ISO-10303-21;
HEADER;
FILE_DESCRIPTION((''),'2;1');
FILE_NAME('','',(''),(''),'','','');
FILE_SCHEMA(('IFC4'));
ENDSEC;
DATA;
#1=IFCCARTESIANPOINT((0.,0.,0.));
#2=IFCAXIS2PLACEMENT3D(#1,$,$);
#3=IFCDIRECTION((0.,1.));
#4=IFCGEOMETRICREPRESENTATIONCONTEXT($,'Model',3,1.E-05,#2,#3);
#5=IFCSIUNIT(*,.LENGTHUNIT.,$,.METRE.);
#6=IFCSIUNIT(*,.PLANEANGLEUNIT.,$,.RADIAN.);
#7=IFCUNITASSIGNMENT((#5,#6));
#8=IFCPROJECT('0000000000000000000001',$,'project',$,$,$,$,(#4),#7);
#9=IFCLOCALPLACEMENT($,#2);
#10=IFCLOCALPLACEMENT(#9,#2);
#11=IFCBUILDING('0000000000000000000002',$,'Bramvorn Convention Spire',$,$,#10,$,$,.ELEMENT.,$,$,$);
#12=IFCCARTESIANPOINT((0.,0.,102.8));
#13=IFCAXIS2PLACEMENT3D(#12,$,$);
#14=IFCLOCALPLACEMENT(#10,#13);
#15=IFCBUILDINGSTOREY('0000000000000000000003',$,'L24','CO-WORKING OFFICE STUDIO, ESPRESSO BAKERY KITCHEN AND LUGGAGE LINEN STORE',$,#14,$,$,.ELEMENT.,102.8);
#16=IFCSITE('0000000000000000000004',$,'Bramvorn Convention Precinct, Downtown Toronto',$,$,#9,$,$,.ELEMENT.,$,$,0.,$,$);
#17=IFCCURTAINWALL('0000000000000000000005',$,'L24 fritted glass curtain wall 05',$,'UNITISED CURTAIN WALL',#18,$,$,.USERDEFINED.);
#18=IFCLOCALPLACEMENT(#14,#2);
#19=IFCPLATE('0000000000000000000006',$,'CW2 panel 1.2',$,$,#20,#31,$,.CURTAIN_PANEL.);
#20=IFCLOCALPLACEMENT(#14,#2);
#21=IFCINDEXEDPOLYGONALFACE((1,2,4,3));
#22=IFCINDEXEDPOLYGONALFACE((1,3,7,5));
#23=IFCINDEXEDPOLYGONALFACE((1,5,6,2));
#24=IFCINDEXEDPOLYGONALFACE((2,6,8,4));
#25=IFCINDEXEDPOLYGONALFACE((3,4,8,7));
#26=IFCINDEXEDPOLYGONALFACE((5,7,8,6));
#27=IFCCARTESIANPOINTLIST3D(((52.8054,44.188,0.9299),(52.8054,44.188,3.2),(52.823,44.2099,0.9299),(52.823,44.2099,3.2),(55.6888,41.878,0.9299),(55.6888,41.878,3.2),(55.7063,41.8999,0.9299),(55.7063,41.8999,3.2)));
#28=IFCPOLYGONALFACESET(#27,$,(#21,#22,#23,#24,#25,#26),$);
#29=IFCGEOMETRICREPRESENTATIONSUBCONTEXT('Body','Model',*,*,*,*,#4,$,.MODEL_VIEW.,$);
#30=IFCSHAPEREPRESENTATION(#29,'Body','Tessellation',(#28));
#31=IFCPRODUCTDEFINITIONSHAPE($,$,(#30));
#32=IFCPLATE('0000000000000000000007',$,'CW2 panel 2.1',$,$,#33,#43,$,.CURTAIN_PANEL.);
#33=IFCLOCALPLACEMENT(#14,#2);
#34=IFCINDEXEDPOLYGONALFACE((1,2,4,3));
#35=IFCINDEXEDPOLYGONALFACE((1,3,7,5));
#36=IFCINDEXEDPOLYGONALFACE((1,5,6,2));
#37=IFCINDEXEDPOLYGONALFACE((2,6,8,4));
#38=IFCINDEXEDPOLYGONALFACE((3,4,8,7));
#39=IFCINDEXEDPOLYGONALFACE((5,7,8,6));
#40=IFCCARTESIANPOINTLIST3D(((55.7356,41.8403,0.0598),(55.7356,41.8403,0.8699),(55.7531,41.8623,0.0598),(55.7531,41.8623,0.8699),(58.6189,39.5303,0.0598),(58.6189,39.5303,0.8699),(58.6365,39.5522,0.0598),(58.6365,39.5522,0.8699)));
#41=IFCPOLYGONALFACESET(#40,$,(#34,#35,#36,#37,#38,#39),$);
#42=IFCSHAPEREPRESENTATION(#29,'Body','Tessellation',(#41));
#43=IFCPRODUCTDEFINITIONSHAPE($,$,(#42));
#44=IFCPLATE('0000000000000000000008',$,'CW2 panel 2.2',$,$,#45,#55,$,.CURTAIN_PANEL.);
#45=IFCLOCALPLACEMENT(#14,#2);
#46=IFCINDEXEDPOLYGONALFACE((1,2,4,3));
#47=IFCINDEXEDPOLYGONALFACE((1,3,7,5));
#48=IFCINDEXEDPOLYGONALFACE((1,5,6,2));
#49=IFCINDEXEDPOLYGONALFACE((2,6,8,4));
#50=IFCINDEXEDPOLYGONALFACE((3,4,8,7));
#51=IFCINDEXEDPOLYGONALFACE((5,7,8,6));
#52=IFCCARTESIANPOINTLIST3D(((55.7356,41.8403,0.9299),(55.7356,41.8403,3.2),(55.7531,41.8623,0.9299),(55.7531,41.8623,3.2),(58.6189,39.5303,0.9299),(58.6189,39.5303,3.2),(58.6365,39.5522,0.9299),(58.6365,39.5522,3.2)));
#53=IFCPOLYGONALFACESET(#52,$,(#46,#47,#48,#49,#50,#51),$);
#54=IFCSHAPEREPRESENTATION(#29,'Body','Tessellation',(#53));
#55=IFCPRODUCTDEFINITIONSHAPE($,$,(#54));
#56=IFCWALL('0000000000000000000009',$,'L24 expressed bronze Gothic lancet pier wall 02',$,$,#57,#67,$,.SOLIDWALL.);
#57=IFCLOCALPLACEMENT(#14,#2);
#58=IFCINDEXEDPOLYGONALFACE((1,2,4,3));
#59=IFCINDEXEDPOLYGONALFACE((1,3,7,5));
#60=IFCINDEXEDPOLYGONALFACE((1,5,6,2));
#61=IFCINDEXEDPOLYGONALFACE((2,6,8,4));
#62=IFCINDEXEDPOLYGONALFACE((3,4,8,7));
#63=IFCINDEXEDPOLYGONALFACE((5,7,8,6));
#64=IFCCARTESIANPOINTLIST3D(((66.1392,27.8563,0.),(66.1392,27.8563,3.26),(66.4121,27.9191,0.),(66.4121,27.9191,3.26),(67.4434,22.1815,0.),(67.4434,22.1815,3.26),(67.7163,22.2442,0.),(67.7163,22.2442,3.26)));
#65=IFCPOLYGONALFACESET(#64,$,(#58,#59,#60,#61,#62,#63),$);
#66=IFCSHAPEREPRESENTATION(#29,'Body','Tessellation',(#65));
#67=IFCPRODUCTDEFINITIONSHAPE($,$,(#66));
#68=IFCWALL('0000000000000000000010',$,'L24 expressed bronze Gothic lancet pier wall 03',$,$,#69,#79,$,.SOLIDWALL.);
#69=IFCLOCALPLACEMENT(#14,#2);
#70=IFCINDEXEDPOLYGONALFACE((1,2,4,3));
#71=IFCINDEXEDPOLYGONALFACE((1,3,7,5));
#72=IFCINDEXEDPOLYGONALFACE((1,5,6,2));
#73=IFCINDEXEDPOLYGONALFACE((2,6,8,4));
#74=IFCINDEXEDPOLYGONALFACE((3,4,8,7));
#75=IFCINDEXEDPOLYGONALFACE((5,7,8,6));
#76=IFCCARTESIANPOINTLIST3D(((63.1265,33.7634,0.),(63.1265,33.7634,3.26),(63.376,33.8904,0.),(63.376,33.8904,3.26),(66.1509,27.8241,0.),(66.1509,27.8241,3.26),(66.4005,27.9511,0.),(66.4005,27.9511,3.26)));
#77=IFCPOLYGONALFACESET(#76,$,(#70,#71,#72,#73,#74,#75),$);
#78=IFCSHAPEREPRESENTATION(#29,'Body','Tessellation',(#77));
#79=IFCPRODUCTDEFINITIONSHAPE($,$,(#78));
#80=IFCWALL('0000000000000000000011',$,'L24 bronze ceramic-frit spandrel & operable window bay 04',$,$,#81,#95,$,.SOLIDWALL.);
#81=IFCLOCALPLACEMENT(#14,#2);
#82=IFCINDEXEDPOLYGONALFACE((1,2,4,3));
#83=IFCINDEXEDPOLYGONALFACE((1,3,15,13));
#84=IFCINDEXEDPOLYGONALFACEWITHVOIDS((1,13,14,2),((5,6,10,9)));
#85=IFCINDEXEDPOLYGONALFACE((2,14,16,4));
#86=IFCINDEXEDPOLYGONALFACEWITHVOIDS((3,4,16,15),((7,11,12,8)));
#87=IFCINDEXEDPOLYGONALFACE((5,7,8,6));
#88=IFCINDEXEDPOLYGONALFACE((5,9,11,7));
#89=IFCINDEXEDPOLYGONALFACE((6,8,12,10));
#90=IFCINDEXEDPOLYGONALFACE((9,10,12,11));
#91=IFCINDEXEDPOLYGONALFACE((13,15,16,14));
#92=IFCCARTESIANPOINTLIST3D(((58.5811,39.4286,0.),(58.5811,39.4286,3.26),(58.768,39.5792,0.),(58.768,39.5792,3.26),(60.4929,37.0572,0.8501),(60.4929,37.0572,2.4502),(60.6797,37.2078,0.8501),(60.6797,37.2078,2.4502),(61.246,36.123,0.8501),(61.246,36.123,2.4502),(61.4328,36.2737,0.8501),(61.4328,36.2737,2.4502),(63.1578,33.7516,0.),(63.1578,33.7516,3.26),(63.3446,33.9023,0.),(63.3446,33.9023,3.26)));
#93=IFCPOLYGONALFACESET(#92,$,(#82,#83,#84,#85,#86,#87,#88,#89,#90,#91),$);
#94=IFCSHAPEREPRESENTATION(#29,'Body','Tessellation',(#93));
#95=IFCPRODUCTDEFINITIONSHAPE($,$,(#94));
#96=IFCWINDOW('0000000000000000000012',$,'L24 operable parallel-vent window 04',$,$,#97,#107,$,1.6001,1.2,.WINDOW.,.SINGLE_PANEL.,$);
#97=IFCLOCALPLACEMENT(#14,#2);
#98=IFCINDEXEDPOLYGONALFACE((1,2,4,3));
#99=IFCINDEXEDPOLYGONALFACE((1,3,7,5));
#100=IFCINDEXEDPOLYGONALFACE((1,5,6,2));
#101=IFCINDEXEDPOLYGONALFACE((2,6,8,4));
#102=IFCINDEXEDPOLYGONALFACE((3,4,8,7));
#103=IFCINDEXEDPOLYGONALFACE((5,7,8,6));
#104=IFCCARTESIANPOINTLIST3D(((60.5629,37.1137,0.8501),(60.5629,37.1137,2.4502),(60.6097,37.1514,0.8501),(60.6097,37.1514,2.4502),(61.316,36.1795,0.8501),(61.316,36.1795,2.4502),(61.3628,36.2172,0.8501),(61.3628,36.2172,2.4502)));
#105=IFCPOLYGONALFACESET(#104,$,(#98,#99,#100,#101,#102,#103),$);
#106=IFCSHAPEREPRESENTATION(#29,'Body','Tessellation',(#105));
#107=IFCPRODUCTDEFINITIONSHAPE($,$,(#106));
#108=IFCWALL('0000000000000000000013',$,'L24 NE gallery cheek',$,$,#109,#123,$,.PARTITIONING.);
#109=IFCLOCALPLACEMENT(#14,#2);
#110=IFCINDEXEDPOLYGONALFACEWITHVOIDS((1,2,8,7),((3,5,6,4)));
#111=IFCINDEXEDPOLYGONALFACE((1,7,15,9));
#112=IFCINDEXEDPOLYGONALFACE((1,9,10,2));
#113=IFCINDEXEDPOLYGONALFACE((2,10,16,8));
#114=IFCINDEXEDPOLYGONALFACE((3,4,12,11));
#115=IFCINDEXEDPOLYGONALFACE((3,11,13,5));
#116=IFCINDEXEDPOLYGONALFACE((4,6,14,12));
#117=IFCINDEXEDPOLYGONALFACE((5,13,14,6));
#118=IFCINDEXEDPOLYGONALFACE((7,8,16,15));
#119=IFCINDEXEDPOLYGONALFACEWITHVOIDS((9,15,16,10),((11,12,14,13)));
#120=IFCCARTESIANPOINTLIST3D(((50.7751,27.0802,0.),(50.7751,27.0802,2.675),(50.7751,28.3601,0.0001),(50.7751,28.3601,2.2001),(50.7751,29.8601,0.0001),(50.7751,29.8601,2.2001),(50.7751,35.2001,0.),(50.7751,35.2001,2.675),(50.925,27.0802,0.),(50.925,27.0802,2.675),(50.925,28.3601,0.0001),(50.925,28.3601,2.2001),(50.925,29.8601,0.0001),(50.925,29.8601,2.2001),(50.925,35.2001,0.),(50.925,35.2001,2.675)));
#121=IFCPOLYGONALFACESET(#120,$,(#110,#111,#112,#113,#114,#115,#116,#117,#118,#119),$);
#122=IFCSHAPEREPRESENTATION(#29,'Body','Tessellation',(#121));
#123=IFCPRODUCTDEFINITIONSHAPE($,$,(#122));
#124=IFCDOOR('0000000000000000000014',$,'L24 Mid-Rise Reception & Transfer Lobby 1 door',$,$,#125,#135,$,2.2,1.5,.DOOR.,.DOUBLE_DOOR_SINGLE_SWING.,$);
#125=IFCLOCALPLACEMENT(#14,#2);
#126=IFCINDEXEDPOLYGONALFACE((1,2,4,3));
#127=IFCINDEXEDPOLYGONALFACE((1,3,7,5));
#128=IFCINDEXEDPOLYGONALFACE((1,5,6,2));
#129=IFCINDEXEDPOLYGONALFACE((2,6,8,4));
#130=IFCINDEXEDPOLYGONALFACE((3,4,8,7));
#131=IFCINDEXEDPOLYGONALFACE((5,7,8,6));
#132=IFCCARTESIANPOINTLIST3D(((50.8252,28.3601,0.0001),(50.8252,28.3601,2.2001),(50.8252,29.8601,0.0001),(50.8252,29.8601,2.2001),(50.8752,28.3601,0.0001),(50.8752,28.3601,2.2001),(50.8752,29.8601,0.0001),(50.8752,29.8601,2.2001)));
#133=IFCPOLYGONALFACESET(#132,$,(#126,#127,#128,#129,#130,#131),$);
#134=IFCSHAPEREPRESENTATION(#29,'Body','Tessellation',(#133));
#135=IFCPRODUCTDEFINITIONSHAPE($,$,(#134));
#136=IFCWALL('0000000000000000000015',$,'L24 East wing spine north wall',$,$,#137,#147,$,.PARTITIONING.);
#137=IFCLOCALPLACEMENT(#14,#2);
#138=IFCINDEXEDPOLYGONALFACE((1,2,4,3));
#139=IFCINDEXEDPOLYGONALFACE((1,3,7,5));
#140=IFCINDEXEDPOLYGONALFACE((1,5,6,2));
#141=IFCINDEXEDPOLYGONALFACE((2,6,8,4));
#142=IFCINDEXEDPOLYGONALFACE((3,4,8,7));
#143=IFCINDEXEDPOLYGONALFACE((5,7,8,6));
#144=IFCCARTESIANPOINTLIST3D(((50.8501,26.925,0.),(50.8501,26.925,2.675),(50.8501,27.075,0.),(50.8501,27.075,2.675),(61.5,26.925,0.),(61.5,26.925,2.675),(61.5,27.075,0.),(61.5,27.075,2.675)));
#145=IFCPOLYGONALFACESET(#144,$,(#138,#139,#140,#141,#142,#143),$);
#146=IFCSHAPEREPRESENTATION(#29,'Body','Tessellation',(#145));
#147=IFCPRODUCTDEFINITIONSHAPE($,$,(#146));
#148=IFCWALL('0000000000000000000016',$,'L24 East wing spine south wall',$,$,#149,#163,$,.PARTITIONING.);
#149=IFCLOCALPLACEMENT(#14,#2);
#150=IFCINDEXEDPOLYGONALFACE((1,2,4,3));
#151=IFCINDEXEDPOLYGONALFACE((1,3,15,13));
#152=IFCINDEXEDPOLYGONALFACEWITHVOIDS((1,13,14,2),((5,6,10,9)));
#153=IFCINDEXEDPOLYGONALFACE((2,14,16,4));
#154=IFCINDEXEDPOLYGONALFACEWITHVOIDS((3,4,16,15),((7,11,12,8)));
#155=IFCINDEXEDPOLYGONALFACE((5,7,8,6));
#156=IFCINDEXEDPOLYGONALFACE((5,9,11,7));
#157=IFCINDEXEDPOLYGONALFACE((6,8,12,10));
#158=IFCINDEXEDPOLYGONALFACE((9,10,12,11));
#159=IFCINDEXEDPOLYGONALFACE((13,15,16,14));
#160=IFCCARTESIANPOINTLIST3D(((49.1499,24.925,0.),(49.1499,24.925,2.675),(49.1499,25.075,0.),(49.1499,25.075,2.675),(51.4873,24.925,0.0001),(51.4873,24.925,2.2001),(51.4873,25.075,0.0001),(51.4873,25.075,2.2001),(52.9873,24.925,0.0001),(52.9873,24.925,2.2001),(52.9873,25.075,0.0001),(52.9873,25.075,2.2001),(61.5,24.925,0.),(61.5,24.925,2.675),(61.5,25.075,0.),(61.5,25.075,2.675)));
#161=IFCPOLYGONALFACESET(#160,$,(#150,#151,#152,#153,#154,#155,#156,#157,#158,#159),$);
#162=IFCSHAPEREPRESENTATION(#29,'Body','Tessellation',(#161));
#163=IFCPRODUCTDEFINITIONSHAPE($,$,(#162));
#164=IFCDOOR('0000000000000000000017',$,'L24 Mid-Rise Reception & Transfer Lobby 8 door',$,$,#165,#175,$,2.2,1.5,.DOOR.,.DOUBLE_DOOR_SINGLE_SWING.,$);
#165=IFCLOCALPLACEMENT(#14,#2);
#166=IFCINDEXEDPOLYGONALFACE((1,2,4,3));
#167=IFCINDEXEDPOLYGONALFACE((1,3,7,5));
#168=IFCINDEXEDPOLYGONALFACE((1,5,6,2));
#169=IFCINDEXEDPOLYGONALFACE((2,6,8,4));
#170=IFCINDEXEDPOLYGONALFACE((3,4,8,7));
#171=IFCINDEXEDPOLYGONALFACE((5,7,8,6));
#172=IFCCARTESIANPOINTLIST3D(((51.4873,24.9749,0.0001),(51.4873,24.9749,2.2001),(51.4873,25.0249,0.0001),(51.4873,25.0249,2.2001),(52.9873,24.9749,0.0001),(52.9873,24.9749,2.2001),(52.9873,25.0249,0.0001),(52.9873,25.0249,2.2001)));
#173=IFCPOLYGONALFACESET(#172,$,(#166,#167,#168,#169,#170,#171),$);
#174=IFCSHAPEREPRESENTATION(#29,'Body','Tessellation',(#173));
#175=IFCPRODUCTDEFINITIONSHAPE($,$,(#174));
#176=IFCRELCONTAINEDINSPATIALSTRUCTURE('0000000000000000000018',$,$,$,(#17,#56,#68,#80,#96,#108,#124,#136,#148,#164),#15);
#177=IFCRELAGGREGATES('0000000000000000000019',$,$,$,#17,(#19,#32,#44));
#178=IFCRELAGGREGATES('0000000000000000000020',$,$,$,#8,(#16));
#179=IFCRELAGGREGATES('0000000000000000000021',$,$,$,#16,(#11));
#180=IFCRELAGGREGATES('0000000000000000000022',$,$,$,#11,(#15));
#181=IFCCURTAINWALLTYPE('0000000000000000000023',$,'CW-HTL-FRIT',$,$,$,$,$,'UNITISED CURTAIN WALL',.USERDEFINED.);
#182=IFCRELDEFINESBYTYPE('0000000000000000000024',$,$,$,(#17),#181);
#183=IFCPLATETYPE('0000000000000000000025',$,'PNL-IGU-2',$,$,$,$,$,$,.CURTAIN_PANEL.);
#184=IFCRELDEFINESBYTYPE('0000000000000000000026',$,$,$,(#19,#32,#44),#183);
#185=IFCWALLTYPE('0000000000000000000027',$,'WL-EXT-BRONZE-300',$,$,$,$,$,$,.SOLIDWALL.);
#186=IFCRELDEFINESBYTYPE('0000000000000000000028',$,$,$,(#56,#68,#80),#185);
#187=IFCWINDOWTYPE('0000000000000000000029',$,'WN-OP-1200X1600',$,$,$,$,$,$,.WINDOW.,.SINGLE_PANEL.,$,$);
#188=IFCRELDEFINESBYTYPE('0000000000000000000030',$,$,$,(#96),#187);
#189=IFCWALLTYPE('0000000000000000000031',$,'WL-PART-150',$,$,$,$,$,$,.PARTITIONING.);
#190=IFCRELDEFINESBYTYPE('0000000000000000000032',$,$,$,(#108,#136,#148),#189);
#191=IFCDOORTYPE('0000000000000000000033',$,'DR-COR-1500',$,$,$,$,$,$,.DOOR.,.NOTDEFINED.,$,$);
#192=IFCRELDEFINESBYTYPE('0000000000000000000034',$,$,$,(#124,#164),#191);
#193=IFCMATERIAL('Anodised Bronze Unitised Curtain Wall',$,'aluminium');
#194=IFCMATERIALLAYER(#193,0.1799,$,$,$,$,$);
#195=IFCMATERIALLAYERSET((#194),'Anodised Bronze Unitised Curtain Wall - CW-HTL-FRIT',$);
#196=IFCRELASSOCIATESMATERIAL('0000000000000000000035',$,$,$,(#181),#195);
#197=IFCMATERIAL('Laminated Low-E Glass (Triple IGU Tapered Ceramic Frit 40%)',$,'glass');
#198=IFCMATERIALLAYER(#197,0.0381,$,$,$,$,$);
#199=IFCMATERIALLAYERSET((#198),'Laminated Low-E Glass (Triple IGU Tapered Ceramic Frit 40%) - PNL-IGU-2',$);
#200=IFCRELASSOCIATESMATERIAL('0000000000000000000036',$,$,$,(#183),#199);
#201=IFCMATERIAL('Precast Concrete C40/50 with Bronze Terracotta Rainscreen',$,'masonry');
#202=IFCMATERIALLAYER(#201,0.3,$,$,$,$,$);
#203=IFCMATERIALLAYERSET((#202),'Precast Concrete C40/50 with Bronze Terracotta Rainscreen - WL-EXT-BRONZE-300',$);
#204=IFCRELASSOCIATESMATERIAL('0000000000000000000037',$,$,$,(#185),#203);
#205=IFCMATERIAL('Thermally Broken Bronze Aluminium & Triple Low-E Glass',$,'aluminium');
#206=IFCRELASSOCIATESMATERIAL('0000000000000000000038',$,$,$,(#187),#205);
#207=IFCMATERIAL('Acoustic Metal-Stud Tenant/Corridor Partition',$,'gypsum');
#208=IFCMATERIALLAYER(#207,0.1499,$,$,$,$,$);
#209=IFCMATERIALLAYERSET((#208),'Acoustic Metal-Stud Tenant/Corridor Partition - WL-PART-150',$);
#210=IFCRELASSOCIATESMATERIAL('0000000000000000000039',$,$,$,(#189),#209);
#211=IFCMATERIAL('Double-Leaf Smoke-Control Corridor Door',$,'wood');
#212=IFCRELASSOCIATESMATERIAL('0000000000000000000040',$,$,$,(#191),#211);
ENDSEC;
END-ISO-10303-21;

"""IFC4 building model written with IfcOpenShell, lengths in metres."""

from ifc_helpers import new_model, si_unit, direction, frame, frame_2d, origin, origin_2d, place, context, subcontext, project, spatial, rectangle, extrude, material, layer, layer_set, type_object, element, fill, aggregate, save


model = new_model("IFC4")

# Units and contexts
model_context = context("Model", 3, precision=1e-05, world=origin(), true_north=direction((0.0, 1.0)))
body_context = subcontext(model_context, "Body", "Model", "MODEL_VIEW")
ifc_project = project(units=[si_unit("LENGTHUNIT", "METRE"), si_unit("PLANEANGLEUNIT", "RADIAN")], contexts=[model_context])

# Site, building, storey
site_placement = place(None, origin())
site = spatial("IfcSite", under=ifc_project, at=site_placement, Name="Bramvorn Convention Precinct, Downtown Toronto", CompositionType="ELEMENT", RefElevation=0.0)
building_placement = place(site_placement, origin())
building = spatial("IfcBuilding", under=site, at=building_placement, Name="Bramvorn Convention Spire", CompositionType="ELEMENT")
storey_placement = place(building_placement, frame((0.0, 0.0, 102.8)))
storey = spatial("IfcBuildingStorey", under=building, at=storey_placement, Name="L24", Description="CO-WORKING OFFICE STUDIO, ESPRESSO BAKERY KITCHEN AND LUGGAGE LINEN STORE", CompositionType="ELEMENT", Elevation=102.8)

# Curtain wall, plates
ifc_material_1 = material(Name="Anodised Bronze Unitised Curtain Wall", Category="aluminium")
ifc_layer_1 = layer(ifc_material_1, 0.1799)
ifc_layer_set_1 = layer_set([ifc_layer_1], Name="Anodised Bronze Unitised Curtain Wall - CW-HTL-FRIT")
curtain_wall_type = type_object("IfcCurtainWallType", Name="CW-HTL-FRIT", ElementType="UNITISED CURTAIN WALL", PredefinedType="USERDEFINED", material=ifc_layer_set_1)
curtain_wall_placement = place(storey_placement, origin())
curtain_wall = element("IfcCurtainWall", 1, at=curtain_wall_placement, inside=storey, type_object=curtain_wall_type, Name="L24 fritted glass curtain wall 05", ObjectType="UNITISED CURTAIN WALL", PredefinedType="USERDEFINED")
ifc_material_2 = material(Name="Laminated Low-E Glass (Triple IGU Tapered Ceramic Frit 40%)", Category="glass")
ifc_layer_2 = layer(ifc_material_2, 0.0381)
ifc_layer_set_2 = layer_set([ifc_layer_2], Name="Laminated Low-E Glass (Triple IGU Tapered Ceramic Frit 40%) - PNL-IGU-2")
plate_type = type_object("IfcPlateType", Name="PNL-IGU-2", PredefinedType="CURTAIN_PANEL", material=ifc_layer_set_2)
plate_1_placement = place(storey_placement, frame((54.2559, 43.0439, 0.9299), z_axis=(0.0, 0.0, 1.0), x_axis=(0.780428, -0.625246, 0.0)))
plate_1 = element("IfcPlate", 2, at=plate_1_placement, type_object=plate_type, Name="CW2 panel 1.2", PredefinedType="CURTAIN_PANEL", context=body_context, shape_type="SweptSolid", body=[
    extrude(rectangle(XDim=3.6946, YDim=0.0281, at=origin_2d()), origin(), (0.0, 0.0, 1.0), 2.27),
])
plate_2_placement = place(storey_placement, frame((57.186, 40.6963, 0.0598), z_axis=(0.0, 0.0, 1.0), x_axis=(0.780428, -0.625246, 0.0)))
plate_2 = element("IfcPlate", 3, at=plate_2_placement, type_object=plate_type, Name="CW2 panel 2.1", PredefinedType="CURTAIN_PANEL", context=body_context, shape_type="SweptSolid", body=[
    extrude(rectangle(XDim=3.6946, YDim=0.0281, at=origin_2d()), origin(), (0.0, 0.0, 1.0), 0.8101),
])
plate_3_placement = place(storey_placement, frame((57.186, 40.6963, 0.9299), z_axis=(0.0, 0.0, 1.0), x_axis=(0.780428, -0.625246, 0.0)))
plate_3 = element("IfcPlate", 4, at=plate_3_placement, type_object=plate_type, Name="CW2 panel 2.2", PredefinedType="CURTAIN_PANEL", context=body_context, shape_type="SweptSolid", body=[
    extrude(rectangle(XDim=3.6946, YDim=0.0281, at=origin_2d()), origin(), (0.0, 0.0, 1.0), 2.27),
])
aggregate(curtain_wall, [plate_1, plate_2, plate_3])

# Walls
ifc_material_3 = material(Name="Precast Concrete C40/50 with Bronze Terracotta Rainscreen", Category="masonry")
ifc_layer_3 = layer(ifc_material_3, 0.3)
ifc_layer_set_3 = layer_set([ifc_layer_3], Name="Precast Concrete C40/50 with Bronze Terracotta Rainscreen - WL-EXT-BRONZE-300")
wall_type_1 = type_object("IfcWallType", Name="WL-EXT-BRONZE-300", PredefinedType="SOLIDWALL", material=ifc_layer_set_3)
wall_1_placement = place(storey_placement, frame((66.2756, 27.8877, 0.0), z_axis=(0.0, 0.0, 1.0), x_axis=(0.223984, -0.974593, 0.0)))
element("IfcWall", 5, at=wall_1_placement, inside=storey, type_object=wall_type_1, Name="L24 expressed bronze Gothic lancet pier wall 02", PredefinedType="SOLIDWALL", context=body_context, shape_type="SweptSolid", body=[
    extrude(rectangle(XDim=5.8228, YDim=0.28, at=frame_2d((2.9114, 0.0))), origin(), (0.0, 0.0, 1.0), 3.26),
])
wall_2_placement = place(storey_placement, frame((63.2512, 33.8269, 0.0), z_axis=(0.0, 0.0, 1.0), x_axis=(0.45378, -0.891114, 0.0)))
element("IfcWall", 6, at=wall_2_placement, inside=storey, type_object=wall_type_1, Name="L24 expressed bronze Gothic lancet pier wall 03", PredefinedType="SOLIDWALL", context=body_context, shape_type="SweptSolid", body=[
    extrude(rectangle(XDim=6.665, YDim=0.28, at=frame_2d((3.3325, 0.0))), origin(), (0.0, 0.0, 1.0), 3.26),
])

# Wall, opening, window
wall_3_placement = place(storey_placement, frame((58.6746, 39.5039, 0.0), z_axis=(0.0, 0.0, 1.0), x_axis=(0.627622, -0.778518, 0.0)))
wall_3 = element("IfcWall", 7, at=wall_3_placement, inside=storey, type_object=wall_type_1, Name="L24 bronze ceramic-frit spandrel & operable window bay 04", PredefinedType="SOLIDWALL", context=body_context, shape_type="SweptSolid", body=[
    extrude(rectangle(XDim=7.292, YDim=0.24, at=frame_2d((3.646, 0.0))), origin(), (0.0, 0.0, 1.0), 3.26),
])
opening_1_placement = place(wall_3_placement, frame((3.0459, 0.0, 0.8501)))
opening_1 = element("IfcOpeningElement", 8, at=opening_1_placement, cuts=wall_3, PredefinedType="OPENING", context=body_context, shape_type="SweptSolid", body=[
    extrude(rectangle(XDim=1.2, YDim=1.6001, at=frame_2d((0.6001, 0.8))), frame((0.0, 0.1299, 0.0), z_axis=(0.0, -1.0, 0.0), x_axis=(1.0, 0.0, 0.0)), (0.0, 0.0, 1.0), 0.26),
])
ifc_material_4 = material(Name="Thermally Broken Bronze Aluminium & Triple Low-E Glass", Category="aluminium")
window_type = type_object("IfcWindowType", Name="WN-OP-1200X1600", PartitioningType="SINGLE_PANEL", PredefinedType="WINDOW", material=ifc_material_4)
window_placement = place(opening_1_placement, origin())
window = element("IfcWindow", 9, at=window_placement, inside=storey, type_object=window_type, Name="L24 operable parallel-vent window 04", OverallHeight=1.6001, OverallWidth=1.2, PartitioningType="SINGLE_PANEL", PredefinedType="WINDOW", context=body_context, shape_type="SweptSolid", body=[
    extrude(rectangle(XDim=1.2, YDim=1.6001, at=frame_2d((0.6001, 0.8))), frame((0.0, 0.03, 0.0), z_axis=(0.0, -1.0, 0.0), x_axis=(1.0, 0.0, 0.0)), (0.0, 0.0, 1.0), 0.0601),
])
fill(opening_1, window)

# Wall, opening, door
ifc_material_5 = material(Name="Acoustic Metal-Stud Tenant/Corridor Partition", Category="gypsum")
ifc_layer_4 = layer(ifc_material_5, 0.1499)
ifc_layer_set_4 = layer_set([ifc_layer_4], Name="Acoustic Metal-Stud Tenant/Corridor Partition - WL-PART-150")
wall_type_2 = type_object("IfcWallType", Name="WL-PART-150", PredefinedType="PARTITIONING", material=ifc_layer_set_4)
wall_4_placement = place(storey_placement, frame((50.8501, 27.0801, 0.0), z_axis=(0.0, 0.0, 1.0), x_axis=(0.0, 1.0, 0.0)))
wall_4 = element("IfcWall", 10, at=wall_4_placement, inside=storey, type_object=wall_type_2, Name="L24 NE gallery cheek", PredefinedType="PARTITIONING", context=body_context, shape_type="SweptSolid", body=[
    extrude(rectangle(XDim=8.1199, YDim=0.1499, at=frame_2d((4.0601, 0.0))), origin(), (0.0, 0.0, 1.0), 2.675),
])
opening_2_placement = place(wall_4_placement, frame((1.28, 0.0, 0.0)))
opening_2 = element("IfcOpeningElement", 11, at=opening_2_placement, cuts=wall_4, PredefinedType="OPENING", context=body_context, shape_type="SweptSolid", body=[
    extrude(rectangle(XDim=1.5, YDim=2.2, at=frame_2d((0.75, 1.1001))), frame((0.0, 0.085, 0.0), z_axis=(0.0, -1.0, 0.0), x_axis=(1.0, 0.0, 0.0)), (0.0, 0.0, 1.0), 0.1699),
])
ifc_material_6 = material(Name="Double-Leaf Smoke-Control Corridor Door", Category="wood")
door_type = type_object("IfcDoorType", Name="DR-COR-1500", OperationType="NOTDEFINED", PredefinedType="DOOR", material=ifc_material_6)
door_1_placement = place(opening_2_placement, origin())
door_1 = element("IfcDoor", 12, at=door_1_placement, inside=storey, type_object=door_type, Name="L24 Mid-Rise Reception & Transfer Lobby 1 door", OperationType="DOUBLE_DOOR_SINGLE_SWING", OverallHeight=2.2, OverallWidth=1.5, PredefinedType="DOOR", context=body_context, shape_type="SweptSolid", body=[
    extrude(rectangle(XDim=1.5, YDim=2.2, at=frame_2d((0.75, 1.1001))), frame((0.0, 0.0249, 0.0), z_axis=(0.0, -1.0, 0.0), x_axis=(1.0, 0.0, 0.0)), (0.0, 0.0, 1.0), 0.05),
])
fill(opening_2, door_1)

# Wall
wall_5_placement = place(storey_placement, frame((50.8501, 27.0, 0.0), z_axis=(0.0, 0.0, 1.0), x_axis=(1.0, 0.0, 0.0)))
element("IfcWall", 13, at=wall_5_placement, inside=storey, type_object=wall_type_2, Name="L24 East wing spine north wall", PredefinedType="PARTITIONING", context=body_context, shape_type="SweptSolid", body=[
    extrude(rectangle(XDim=10.6499, YDim=0.1499, at=frame_2d((5.325, 0.0))), origin(), (0.0, 0.0, 1.0), 2.675),
])

# Wall, opening, door
wall_6_placement = place(storey_placement, frame((49.1499, 25.0, 0.0), z_axis=(0.0, 0.0, 1.0), x_axis=(1.0, 0.0, 0.0)))
wall_6 = element("IfcWall", 14, at=wall_6_placement, inside=storey, type_object=wall_type_2, Name="L24 East wing spine south wall", PredefinedType="PARTITIONING", context=body_context, shape_type="SweptSolid", body=[
    extrude(rectangle(XDim=12.3501, YDim=0.1499, at=frame_2d((6.175, 0.0))), origin(), (0.0, 0.0, 1.0), 2.675),
])
opening_3_placement = place(wall_6_placement, frame((2.3374, 0.0, 0.0)))
opening_3 = element("IfcOpeningElement", 15, at=opening_3_placement, cuts=wall_6, PredefinedType="OPENING", context=body_context, shape_type="SweptSolid", body=[
    extrude(rectangle(XDim=1.5, YDim=2.2, at=frame_2d((0.75, 1.1001))), frame((0.0, 0.085, 0.0), z_axis=(0.0, -1.0, 0.0), x_axis=(1.0, 0.0, 0.0)), (0.0, 0.0, 1.0), 0.1699),
])
door_2_placement = place(opening_3_placement, origin())
door_2 = element("IfcDoor", 16, at=door_2_placement, inside=storey, type_object=door_type, Name="L24 Mid-Rise Reception & Transfer Lobby 8 door", OperationType="DOUBLE_DOOR_SINGLE_SWING", OverallHeight=2.2, OverallWidth=1.5, PredefinedType="DOOR", context=body_context, shape_type="SweptSolid", body=[
    extrude(rectangle(XDim=1.5, YDim=2.2, at=frame_2d((0.75, 1.1001))), frame((0.0, 0.0249, 0.0), z_axis=(0.0, -1.0, 0.0), x_axis=(1.0, 0.0, 0.0)), (0.0, 0.0, 1.0), 0.05),
])
fill(opening_3, door_2)

save(model, "model.ifc")
